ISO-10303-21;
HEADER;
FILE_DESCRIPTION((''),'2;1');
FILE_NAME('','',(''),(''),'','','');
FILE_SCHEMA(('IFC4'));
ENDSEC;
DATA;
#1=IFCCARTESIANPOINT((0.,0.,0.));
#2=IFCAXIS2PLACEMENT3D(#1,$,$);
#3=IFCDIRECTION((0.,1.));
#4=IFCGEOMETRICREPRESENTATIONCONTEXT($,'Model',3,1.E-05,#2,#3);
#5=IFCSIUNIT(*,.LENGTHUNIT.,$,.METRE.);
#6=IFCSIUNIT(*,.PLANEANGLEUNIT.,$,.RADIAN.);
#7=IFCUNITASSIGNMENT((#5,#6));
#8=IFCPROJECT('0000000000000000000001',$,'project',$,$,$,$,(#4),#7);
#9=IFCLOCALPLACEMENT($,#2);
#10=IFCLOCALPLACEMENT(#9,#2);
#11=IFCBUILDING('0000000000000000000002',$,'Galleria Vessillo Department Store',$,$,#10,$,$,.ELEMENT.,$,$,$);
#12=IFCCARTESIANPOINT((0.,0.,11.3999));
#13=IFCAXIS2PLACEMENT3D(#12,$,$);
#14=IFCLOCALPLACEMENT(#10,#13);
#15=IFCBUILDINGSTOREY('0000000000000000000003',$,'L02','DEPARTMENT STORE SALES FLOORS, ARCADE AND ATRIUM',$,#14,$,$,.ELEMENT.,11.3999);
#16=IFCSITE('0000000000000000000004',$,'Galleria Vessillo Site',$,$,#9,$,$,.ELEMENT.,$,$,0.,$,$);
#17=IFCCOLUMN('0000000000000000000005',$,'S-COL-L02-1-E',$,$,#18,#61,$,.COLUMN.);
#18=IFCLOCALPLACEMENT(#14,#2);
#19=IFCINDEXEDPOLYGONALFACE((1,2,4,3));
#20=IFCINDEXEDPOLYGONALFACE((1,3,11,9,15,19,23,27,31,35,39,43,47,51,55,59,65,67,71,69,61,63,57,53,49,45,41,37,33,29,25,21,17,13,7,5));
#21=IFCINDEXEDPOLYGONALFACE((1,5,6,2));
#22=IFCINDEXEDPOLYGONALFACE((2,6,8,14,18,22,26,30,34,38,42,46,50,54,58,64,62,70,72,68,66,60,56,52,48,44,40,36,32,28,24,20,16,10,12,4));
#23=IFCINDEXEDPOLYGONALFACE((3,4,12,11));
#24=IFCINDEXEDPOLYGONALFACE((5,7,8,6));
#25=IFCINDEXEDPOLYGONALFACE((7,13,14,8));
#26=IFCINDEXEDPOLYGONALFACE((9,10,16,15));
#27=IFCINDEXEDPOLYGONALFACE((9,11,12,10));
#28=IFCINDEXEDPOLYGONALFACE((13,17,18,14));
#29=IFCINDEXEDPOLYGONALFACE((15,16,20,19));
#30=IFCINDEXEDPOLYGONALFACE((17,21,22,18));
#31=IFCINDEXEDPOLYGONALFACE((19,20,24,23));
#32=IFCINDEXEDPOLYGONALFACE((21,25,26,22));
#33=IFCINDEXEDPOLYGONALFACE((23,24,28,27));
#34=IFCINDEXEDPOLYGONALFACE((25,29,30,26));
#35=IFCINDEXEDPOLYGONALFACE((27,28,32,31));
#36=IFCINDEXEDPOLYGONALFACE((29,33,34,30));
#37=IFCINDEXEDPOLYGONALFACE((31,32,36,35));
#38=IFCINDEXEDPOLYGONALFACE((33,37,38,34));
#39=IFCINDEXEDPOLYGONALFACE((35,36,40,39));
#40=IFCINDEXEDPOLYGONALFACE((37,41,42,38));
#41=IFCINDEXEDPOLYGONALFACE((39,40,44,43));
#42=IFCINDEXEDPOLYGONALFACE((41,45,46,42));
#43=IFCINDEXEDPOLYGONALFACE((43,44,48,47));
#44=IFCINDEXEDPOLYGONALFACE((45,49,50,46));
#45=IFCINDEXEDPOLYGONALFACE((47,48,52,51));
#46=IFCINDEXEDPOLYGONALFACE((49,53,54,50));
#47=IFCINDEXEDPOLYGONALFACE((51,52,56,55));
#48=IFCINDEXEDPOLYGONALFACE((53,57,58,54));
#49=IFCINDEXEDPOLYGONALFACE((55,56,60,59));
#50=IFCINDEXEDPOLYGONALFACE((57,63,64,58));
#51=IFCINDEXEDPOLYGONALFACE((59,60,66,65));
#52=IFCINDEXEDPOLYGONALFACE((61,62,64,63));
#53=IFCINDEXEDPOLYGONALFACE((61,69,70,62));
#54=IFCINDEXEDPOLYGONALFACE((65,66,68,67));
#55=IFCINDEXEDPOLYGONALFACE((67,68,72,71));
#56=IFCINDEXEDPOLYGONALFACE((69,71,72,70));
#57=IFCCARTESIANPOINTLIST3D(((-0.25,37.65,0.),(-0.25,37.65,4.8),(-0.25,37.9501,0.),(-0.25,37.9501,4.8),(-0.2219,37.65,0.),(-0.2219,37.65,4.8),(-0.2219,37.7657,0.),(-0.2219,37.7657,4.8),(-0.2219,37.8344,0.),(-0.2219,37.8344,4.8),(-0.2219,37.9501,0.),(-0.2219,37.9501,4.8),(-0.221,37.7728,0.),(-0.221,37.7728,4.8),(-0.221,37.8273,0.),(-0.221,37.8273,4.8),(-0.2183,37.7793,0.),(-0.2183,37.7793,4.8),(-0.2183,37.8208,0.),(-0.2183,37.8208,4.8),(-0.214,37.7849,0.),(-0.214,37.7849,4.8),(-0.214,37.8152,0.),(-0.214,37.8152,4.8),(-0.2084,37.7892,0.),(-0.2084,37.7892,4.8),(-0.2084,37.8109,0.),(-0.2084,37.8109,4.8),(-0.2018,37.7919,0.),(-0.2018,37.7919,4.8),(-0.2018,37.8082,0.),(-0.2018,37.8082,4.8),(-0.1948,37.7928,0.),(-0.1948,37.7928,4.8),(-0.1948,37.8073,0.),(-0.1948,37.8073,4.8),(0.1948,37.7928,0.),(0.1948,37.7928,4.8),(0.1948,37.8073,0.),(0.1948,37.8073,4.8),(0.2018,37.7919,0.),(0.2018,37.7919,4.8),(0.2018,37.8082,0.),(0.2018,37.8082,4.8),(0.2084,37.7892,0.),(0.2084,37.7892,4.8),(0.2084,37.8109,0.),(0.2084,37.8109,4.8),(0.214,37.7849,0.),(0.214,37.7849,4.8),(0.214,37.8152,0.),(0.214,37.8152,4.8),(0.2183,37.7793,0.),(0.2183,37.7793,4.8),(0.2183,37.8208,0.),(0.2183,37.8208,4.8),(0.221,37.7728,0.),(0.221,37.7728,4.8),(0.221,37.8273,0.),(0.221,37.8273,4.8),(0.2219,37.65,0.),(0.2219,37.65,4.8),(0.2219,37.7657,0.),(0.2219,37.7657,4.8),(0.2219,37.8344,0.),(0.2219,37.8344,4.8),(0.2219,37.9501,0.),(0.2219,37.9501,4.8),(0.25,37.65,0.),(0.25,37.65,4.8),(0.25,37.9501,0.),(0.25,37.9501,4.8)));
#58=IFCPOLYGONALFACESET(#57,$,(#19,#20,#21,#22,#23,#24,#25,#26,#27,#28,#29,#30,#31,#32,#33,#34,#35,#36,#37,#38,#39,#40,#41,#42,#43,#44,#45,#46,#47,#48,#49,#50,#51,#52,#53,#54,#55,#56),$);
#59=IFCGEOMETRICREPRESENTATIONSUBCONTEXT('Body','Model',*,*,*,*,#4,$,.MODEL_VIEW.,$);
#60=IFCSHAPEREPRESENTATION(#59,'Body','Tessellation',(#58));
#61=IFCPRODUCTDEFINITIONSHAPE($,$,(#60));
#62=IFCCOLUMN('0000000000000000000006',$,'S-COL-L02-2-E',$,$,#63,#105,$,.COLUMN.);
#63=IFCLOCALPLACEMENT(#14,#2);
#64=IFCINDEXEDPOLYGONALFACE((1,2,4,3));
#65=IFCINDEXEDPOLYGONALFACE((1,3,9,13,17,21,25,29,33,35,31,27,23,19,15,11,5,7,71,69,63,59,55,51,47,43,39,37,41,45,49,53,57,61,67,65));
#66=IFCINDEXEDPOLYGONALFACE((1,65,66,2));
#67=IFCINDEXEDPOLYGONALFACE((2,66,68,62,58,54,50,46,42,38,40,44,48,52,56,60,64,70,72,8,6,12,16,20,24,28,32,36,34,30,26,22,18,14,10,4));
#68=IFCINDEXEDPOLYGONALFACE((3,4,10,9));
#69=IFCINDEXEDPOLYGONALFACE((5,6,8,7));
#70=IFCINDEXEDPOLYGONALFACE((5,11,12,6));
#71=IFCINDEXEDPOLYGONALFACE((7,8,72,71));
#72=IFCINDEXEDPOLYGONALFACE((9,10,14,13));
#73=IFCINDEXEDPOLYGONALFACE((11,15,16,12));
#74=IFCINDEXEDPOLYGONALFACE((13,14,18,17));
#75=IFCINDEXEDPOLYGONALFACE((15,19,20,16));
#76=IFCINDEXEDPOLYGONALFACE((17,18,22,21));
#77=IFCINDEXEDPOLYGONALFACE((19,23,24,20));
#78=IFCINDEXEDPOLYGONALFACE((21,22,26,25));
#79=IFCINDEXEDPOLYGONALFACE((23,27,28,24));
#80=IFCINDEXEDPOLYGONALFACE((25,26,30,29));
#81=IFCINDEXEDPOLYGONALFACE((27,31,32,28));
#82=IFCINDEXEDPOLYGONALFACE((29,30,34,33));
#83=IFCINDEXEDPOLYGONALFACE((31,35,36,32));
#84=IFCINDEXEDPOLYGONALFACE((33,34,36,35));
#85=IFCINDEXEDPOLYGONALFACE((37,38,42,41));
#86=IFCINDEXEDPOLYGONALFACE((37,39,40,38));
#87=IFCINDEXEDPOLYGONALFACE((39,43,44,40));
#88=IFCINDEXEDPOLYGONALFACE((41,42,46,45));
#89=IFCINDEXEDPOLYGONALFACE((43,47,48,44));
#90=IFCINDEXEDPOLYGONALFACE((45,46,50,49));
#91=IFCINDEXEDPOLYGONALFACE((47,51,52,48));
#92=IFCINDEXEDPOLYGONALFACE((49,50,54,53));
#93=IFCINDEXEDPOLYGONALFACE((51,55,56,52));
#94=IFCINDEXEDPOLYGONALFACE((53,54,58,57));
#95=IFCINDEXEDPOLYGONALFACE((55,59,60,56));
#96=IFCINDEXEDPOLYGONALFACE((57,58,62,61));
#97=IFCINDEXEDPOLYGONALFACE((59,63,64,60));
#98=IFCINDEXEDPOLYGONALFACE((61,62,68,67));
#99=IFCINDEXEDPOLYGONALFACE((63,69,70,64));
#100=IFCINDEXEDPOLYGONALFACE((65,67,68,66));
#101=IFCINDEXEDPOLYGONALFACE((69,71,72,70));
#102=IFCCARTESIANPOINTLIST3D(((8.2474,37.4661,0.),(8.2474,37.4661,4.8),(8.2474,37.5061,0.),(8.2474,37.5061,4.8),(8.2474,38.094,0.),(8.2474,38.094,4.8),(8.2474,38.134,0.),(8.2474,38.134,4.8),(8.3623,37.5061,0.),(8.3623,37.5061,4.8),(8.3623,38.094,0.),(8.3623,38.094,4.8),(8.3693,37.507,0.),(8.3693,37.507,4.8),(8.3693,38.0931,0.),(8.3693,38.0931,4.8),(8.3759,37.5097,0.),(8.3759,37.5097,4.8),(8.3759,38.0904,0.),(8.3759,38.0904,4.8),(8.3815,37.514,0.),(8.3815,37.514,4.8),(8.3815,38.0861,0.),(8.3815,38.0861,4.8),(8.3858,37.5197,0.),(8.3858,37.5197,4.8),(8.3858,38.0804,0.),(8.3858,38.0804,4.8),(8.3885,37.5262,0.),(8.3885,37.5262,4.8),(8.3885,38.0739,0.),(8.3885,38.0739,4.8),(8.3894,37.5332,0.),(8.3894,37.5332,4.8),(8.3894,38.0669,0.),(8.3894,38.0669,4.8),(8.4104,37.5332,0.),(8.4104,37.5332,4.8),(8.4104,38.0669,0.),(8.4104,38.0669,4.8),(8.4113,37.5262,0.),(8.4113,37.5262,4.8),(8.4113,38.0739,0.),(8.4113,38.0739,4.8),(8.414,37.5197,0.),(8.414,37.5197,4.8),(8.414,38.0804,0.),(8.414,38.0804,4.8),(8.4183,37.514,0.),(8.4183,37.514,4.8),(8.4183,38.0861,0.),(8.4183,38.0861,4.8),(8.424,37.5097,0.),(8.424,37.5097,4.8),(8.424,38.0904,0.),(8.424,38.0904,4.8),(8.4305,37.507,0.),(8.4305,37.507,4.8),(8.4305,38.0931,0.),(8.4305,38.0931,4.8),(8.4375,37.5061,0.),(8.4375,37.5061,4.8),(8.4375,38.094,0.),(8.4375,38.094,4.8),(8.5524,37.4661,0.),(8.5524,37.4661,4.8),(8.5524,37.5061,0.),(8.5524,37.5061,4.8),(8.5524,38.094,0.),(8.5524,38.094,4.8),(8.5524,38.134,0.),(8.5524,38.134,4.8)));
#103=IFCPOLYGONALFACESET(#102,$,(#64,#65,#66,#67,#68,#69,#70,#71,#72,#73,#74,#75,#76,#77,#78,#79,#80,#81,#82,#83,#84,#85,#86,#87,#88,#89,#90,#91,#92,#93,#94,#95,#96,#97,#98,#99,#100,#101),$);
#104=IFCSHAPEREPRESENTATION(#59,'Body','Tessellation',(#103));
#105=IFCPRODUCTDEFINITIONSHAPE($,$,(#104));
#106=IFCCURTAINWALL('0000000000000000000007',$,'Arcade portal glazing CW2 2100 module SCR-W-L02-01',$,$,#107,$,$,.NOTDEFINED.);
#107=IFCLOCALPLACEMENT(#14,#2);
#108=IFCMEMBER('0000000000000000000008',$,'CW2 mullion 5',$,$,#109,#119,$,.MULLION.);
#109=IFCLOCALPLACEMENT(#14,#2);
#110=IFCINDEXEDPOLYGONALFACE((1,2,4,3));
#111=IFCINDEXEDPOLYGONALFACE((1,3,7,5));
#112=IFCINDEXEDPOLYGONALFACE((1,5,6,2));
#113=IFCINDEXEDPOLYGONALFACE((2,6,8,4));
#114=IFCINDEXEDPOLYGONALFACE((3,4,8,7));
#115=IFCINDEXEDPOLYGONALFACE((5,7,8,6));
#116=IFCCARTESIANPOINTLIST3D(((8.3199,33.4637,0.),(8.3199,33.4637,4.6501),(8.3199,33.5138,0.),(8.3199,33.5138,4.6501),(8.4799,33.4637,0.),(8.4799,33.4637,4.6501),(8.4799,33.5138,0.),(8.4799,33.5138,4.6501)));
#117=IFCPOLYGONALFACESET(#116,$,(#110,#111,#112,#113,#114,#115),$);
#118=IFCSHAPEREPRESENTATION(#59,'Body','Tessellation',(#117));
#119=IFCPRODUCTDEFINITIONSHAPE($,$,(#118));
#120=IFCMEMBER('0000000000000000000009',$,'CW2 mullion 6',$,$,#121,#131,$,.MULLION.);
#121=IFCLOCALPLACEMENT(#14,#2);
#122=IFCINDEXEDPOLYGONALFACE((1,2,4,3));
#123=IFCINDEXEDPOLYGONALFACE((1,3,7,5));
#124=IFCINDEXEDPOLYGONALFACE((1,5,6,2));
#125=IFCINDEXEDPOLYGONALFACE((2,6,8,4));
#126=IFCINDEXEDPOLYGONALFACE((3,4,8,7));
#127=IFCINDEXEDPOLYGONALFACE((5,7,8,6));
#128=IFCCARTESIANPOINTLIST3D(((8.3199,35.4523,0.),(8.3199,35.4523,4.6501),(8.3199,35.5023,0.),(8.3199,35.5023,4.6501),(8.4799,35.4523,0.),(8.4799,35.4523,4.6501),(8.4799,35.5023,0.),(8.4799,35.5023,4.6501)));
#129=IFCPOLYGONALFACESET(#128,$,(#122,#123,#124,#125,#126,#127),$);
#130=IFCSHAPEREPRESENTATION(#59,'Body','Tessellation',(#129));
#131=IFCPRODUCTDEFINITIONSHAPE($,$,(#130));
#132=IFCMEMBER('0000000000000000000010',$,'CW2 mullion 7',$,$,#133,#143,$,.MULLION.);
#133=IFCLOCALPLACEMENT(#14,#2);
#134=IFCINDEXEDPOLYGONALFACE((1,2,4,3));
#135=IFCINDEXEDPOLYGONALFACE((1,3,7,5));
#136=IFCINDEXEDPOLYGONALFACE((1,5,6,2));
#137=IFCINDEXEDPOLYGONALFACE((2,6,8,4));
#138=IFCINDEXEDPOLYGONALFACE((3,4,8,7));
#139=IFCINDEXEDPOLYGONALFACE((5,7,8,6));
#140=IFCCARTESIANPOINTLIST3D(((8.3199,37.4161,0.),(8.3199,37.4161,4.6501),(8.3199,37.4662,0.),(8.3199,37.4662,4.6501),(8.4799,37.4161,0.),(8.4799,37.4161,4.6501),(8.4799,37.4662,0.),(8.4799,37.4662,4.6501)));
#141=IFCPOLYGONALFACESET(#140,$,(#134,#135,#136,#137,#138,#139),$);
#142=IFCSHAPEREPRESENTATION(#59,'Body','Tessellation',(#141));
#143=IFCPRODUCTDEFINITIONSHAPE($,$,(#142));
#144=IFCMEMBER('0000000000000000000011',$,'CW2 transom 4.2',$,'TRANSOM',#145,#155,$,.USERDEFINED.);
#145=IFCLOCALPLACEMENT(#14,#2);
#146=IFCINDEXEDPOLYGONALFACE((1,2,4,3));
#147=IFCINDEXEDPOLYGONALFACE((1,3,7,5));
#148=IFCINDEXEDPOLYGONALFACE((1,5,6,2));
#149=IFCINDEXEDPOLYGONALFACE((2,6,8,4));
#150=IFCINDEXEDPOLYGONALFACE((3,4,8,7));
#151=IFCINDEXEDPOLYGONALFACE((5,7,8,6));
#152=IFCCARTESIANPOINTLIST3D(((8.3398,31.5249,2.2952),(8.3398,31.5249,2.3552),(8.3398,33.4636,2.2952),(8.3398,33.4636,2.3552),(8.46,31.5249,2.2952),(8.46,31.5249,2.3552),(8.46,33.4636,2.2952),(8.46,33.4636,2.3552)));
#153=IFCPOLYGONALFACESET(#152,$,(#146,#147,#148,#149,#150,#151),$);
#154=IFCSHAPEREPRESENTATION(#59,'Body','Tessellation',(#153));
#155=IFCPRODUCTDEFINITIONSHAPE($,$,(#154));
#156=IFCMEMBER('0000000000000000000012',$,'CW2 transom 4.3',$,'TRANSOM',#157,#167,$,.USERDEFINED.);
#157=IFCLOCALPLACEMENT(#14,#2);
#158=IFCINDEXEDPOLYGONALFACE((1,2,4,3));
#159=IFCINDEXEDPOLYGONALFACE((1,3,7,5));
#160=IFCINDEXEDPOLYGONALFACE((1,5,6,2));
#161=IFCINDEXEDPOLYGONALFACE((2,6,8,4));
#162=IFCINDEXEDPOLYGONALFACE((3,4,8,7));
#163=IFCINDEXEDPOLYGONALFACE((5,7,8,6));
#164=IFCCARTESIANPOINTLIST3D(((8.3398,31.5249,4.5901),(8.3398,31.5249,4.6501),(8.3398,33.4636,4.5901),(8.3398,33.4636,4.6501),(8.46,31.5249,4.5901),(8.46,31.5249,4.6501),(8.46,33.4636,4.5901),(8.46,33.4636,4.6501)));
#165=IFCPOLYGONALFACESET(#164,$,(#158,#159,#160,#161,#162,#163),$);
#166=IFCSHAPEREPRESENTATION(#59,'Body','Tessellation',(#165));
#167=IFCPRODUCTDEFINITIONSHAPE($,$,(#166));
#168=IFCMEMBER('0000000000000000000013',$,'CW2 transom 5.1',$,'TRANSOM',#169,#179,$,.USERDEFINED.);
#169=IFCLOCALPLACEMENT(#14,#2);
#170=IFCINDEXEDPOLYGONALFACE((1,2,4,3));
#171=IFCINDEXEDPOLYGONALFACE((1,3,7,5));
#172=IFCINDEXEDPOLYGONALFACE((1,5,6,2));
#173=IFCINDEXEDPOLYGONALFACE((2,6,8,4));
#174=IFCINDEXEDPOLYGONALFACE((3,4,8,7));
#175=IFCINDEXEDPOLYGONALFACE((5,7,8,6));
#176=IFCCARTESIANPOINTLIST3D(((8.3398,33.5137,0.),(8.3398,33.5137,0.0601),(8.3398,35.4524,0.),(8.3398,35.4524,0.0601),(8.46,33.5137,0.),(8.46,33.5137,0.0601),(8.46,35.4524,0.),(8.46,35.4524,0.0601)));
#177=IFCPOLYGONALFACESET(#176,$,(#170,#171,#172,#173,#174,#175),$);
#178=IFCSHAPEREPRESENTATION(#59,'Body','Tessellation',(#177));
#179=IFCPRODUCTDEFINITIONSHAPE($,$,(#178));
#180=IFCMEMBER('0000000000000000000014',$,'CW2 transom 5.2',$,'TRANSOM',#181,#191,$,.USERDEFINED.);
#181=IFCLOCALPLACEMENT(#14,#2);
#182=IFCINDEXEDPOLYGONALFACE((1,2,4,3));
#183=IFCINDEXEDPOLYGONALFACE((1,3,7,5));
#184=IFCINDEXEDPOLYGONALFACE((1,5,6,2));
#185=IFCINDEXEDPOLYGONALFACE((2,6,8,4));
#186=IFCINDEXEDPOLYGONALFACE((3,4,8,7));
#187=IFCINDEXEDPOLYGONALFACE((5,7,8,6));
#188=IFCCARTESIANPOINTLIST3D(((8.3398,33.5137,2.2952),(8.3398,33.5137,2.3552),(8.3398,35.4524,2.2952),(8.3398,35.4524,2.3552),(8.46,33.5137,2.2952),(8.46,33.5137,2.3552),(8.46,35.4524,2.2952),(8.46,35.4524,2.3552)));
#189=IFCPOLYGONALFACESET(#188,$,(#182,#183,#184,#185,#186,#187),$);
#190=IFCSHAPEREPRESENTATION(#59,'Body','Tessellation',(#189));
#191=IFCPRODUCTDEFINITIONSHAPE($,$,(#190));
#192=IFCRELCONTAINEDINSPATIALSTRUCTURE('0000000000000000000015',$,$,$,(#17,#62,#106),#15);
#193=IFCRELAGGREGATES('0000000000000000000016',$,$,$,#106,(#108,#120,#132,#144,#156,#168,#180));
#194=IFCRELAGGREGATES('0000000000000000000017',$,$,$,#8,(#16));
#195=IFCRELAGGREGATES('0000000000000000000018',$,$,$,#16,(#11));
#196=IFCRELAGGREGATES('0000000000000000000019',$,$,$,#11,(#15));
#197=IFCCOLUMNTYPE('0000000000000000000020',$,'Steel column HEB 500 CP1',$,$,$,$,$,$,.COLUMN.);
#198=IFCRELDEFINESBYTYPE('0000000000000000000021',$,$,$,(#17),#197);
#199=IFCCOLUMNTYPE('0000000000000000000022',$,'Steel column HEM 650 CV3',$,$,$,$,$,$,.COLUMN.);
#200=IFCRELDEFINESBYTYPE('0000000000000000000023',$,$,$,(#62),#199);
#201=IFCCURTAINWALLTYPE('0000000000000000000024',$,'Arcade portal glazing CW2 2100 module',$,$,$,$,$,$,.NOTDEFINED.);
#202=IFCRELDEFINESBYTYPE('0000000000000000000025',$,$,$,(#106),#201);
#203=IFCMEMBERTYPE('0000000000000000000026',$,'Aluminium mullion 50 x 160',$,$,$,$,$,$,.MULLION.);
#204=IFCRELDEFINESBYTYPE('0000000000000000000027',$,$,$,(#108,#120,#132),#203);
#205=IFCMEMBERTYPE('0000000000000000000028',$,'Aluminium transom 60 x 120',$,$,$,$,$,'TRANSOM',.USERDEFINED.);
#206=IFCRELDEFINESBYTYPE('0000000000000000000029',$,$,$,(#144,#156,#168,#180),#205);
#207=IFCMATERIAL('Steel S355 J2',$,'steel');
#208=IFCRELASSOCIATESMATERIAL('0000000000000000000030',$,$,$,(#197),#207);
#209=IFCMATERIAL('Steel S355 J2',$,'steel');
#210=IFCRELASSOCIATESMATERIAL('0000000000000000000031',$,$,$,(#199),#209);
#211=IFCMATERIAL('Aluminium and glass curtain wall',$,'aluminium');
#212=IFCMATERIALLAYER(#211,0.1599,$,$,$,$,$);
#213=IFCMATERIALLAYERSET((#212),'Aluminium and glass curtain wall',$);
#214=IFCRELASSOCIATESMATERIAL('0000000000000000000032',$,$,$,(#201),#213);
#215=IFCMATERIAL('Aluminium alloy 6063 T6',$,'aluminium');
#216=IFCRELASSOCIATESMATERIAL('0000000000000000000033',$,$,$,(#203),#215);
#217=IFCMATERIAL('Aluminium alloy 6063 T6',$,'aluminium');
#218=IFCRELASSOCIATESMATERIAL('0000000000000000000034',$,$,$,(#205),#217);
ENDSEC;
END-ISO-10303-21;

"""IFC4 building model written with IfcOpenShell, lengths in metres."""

from ifc_helpers import new_model, si_unit, direction, frame, origin, origin_2d, place, context, subcontext, project, spatial, rectangle, i_section, extrude, material, layer, layer_set, material_profile, profile_set, type_object, element, aggregate, save


model = new_model("IFC4")

# Units and contexts
model_context = context("Model", 3, precision=1e-05, world=origin(), true_north=direction((0.0, 1.0)))
body_context = subcontext(model_context, "Body", "Model", "MODEL_VIEW")
ifc_project = project(units=[si_unit("LENGTHUNIT", "METRE"), si_unit("PLANEANGLEUNIT", "RADIAN")], contexts=[model_context])

# Site, building, storey
site_placement = place(None, origin())
site = spatial("IfcSite", under=ifc_project, at=site_placement, Name="Galleria Vessillo Site", CompositionType="ELEMENT", RefElevation=0.0)
building_placement = place(site_placement, origin())
building = spatial("IfcBuilding", under=site, at=building_placement, Name="Galleria Vessillo Department Store", CompositionType="ELEMENT")
storey_placement = place(building_placement, frame((0.0, 0.0, 11.3999)))
storey = spatial("IfcBuildingStorey", under=building, at=storey_placement, Name="L02", Description="DEPARTMENT STORE SALES FLOORS, ARCADE AND ATRIUM", CompositionType="ELEMENT", Elevation=11.3999)

# Columns
ifc_material_1 = material(Name="Steel S355 J2", Category="steel")
ifc_material_profile_1 = material_profile(ifc_material_1, i_section(OverallWidth=0.3, OverallDepth=0.5, WebThickness=0.0144, FlangeThickness=0.0281, FilletRadius=0.0271, at=origin_2d()), Name="HEB 500")
ifc_profile_set_1 = profile_set([ifc_material_profile_1], Name="Steel S355 J2")
column_type_1 = type_object("IfcColumnType", Name="Steel column HEB 500 CP1", PredefinedType="COLUMN", material=ifc_profile_set_1)
column_1_placement = place(storey_placement, frame((0.0, 37.8, 0.0), z_axis=(0.0, 0.0, 1.0), x_axis=(0.0, 1.0, 0.0)))
element("IfcColumn", 1, at=column_1_placement, inside=storey, type_object=column_type_1, Name="S-COL-L02-1-E", PredefinedType="COLUMN", context=body_context, shape_type="SweptSolid", body=[
    extrude(i_section(OverallWidth=0.3, OverallDepth=0.5, WebThickness=0.0144, FlangeThickness=0.0281, FilletRadius=0.0271, at=origin_2d()), origin(), (0.0, 0.0, 1.0), 4.8),
])
ifc_material_2 = material(Name="Steel S355 J2", Category="steel")
ifc_material_profile_2 = material_profile(ifc_material_2, i_section(OverallWidth=0.3049, OverallDepth=0.668, WebThickness=0.021, FlangeThickness=0.04, FilletRadius=0.0271, at=origin_2d()), Name="HEM 650")
ifc_profile_set_2 = profile_set([ifc_material_profile_2], Name="Steel S355 J2")
column_type_2 = type_object("IfcColumnType", Name="Steel column HEM 650 CV3", PredefinedType="COLUMN", material=ifc_profile_set_2)
column_2_placement = place(storey_placement, frame((8.3999, 37.8, 0.0), z_axis=(0.0, 0.0, 1.0), x_axis=(1.0, 0.0, 0.0)))
element("IfcColumn", 2, at=column_2_placement, inside=storey, type_object=column_type_2, Name="S-COL-L02-2-E", PredefinedType="COLUMN", context=body_context, shape_type="SweptSolid", body=[
    extrude(i_section(OverallWidth=0.3049, OverallDepth=0.668, WebThickness=0.021, FlangeThickness=0.04, FilletRadius=0.0271, at=origin_2d()), origin(), (0.0, 0.0, 1.0), 4.8),
])

# Curtain wall, members
ifc_material_3 = material(Name="Aluminium and glass curtain wall", Category="aluminium")
ifc_layer_1 = layer(ifc_material_3, 0.1599)
ifc_layer_set_1 = layer_set([ifc_layer_1], Name="Aluminium and glass curtain wall")
curtain_wall_type = type_object("IfcCurtainWallType", Name="Arcade portal glazing CW2 2100 module", PredefinedType="NOTDEFINED", material=ifc_layer_set_1)
curtain_wall_placement = place(storey_placement, origin())
curtain_wall = element("IfcCurtainWall", 3, at=curtain_wall_placement, inside=storey, type_object=curtain_wall_type, Name="Arcade portal glazing CW2 2100 module SCR-W-L02-01", PredefinedType="NOTDEFINED")
ifc_material_4 = material(Name="Aluminium alloy 6063 T6", Category="aluminium")
ifc_material_profile_3 = material_profile(ifc_material_4, rectangle(XDim=0.1599, YDim=0.05, at=origin_2d()), Name="AL 50x160")
ifc_profile_set_3 = profile_set([ifc_material_profile_3], Name="Aluminium alloy 6063 T6")
member_type_1 = type_object("IfcMemberType", Name="Aluminium mullion 50 x 160", PredefinedType="MULLION", material=ifc_profile_set_3)
member_1_placement = place(storey_placement, frame((8.3999, 33.4888, 0.0), z_axis=(0.0, 0.0, 1.0), x_axis=(-1.0, 0.0, 0.0)))
member_1 = element("IfcMember", 4, at=member_1_placement, type_object=member_type_1, Name="CW2 mullion 5", PredefinedType="MULLION", context=body_context, shape_type="SweptSolid", body=[
    extrude(rectangle(XDim=0.1599, YDim=0.05, at=origin_2d()), origin(), (0.0, 0.0, 1.0), 4.6501),
])
member_2_placement = place(storey_placement, frame((8.3999, 35.4773, 0.0), z_axis=(0.0, 0.0, 1.0), x_axis=(-1.0, 0.0, 0.0)))
member_2 = element("IfcMember", 5, at=member_2_placement, type_object=member_type_1, Name="CW2 mullion 6", PredefinedType="MULLION", context=body_context, shape_type="SweptSolid", body=[
    extrude(rectangle(XDim=0.1599, YDim=0.05, at=origin_2d()), origin(), (0.0, 0.0, 1.0), 4.6501),
])
member_3_placement = place(storey_placement, frame((8.3999, 37.4412, 0.0), z_axis=(0.0, 0.0, 1.0), x_axis=(-1.0, 0.0, 0.0)))
member_3 = element("IfcMember", 6, at=member_3_placement, type_object=member_type_1, Name="CW2 mullion 7", PredefinedType="MULLION", context=body_context, shape_type="SweptSolid", body=[
    extrude(rectangle(XDim=0.1599, YDim=0.05, at=origin_2d()), origin(), (0.0, 0.0, 1.0), 4.6501),
])
ifc_material_5 = material(Name="Aluminium alloy 6063 T6", Category="aluminium")
ifc_material_profile_4 = material_profile(ifc_material_5, rectangle(XDim=0.1201, YDim=0.0601, at=origin_2d()), Name="AL 60x120")
ifc_profile_set_4 = profile_set([ifc_material_profile_4], Name="Aluminium alloy 6063 T6")
member_type_2 = type_object("IfcMemberType", Name="Aluminium transom 60 x 120", ElementType="TRANSOM", PredefinedType="USERDEFINED", material=ifc_profile_set_4)
member_4_placement = place(storey_placement, frame((8.3999, 31.5249, 2.3252), z_axis=(0.0, 1.0, 0.0), x_axis=(-1.0, 0.0, 0.0)))
member_4 = element("IfcMember", 7, at=member_4_placement, type_object=member_type_2, Name="CW2 transom 4.2", ObjectType="TRANSOM", PredefinedType="USERDEFINED", context=body_context, shape_type="SweptSolid", body=[
    extrude(rectangle(XDim=0.1201, YDim=0.0601, at=origin_2d()), origin(), (0.0, 0.0, 1.0), 1.9387),
])
member_5_placement = place(storey_placement, frame((8.3999, 31.5249, 4.6201), z_axis=(0.0, 1.0, 0.0), x_axis=(-1.0, 0.0, 0.0)))
member_5 = element("IfcMember", 8, at=member_5_placement, type_object=member_type_2, Name="CW2 transom 4.3", ObjectType="TRANSOM", PredefinedType="USERDEFINED", context=body_context, shape_type="SweptSolid", body=[
    extrude(rectangle(XDim=0.1201, YDim=0.0601, at=origin_2d()), origin(), (0.0, 0.0, 1.0), 1.9387),
])
member_6_placement = place(storey_placement, frame((8.3999, 33.5137, 0.03), z_axis=(0.0, 1.0, 0.0), x_axis=(-1.0, 0.0, 0.0)))
member_6 = element("IfcMember", 9, at=member_6_placement, type_object=member_type_2, Name="CW2 transom 5.1", ObjectType="TRANSOM", PredefinedType="USERDEFINED", context=body_context, shape_type="SweptSolid", body=[
    extrude(rectangle(XDim=0.1201, YDim=0.0601, at=origin_2d()), origin(), (0.0, 0.0, 1.0), 1.9387),
])
member_7_placement = place(storey_placement, frame((8.3999, 33.5137, 2.3252), z_axis=(0.0, 1.0, 0.0), x_axis=(-1.0, 0.0, 0.0)))
member_7 = element("IfcMember", 10, at=member_7_placement, type_object=member_type_2, Name="CW2 transom 5.2", ObjectType="TRANSOM", PredefinedType="USERDEFINED", context=body_context, shape_type="SweptSolid", body=[
    extrude(rectangle(XDim=0.1201, YDim=0.0601, at=origin_2d()), origin(), (0.0, 0.0, 1.0), 1.9387),
])

aggregate(curtain_wall, [member_1, member_2, member_3, member_4, member_5, member_6, member_7])

save(model, "model.ifc")
